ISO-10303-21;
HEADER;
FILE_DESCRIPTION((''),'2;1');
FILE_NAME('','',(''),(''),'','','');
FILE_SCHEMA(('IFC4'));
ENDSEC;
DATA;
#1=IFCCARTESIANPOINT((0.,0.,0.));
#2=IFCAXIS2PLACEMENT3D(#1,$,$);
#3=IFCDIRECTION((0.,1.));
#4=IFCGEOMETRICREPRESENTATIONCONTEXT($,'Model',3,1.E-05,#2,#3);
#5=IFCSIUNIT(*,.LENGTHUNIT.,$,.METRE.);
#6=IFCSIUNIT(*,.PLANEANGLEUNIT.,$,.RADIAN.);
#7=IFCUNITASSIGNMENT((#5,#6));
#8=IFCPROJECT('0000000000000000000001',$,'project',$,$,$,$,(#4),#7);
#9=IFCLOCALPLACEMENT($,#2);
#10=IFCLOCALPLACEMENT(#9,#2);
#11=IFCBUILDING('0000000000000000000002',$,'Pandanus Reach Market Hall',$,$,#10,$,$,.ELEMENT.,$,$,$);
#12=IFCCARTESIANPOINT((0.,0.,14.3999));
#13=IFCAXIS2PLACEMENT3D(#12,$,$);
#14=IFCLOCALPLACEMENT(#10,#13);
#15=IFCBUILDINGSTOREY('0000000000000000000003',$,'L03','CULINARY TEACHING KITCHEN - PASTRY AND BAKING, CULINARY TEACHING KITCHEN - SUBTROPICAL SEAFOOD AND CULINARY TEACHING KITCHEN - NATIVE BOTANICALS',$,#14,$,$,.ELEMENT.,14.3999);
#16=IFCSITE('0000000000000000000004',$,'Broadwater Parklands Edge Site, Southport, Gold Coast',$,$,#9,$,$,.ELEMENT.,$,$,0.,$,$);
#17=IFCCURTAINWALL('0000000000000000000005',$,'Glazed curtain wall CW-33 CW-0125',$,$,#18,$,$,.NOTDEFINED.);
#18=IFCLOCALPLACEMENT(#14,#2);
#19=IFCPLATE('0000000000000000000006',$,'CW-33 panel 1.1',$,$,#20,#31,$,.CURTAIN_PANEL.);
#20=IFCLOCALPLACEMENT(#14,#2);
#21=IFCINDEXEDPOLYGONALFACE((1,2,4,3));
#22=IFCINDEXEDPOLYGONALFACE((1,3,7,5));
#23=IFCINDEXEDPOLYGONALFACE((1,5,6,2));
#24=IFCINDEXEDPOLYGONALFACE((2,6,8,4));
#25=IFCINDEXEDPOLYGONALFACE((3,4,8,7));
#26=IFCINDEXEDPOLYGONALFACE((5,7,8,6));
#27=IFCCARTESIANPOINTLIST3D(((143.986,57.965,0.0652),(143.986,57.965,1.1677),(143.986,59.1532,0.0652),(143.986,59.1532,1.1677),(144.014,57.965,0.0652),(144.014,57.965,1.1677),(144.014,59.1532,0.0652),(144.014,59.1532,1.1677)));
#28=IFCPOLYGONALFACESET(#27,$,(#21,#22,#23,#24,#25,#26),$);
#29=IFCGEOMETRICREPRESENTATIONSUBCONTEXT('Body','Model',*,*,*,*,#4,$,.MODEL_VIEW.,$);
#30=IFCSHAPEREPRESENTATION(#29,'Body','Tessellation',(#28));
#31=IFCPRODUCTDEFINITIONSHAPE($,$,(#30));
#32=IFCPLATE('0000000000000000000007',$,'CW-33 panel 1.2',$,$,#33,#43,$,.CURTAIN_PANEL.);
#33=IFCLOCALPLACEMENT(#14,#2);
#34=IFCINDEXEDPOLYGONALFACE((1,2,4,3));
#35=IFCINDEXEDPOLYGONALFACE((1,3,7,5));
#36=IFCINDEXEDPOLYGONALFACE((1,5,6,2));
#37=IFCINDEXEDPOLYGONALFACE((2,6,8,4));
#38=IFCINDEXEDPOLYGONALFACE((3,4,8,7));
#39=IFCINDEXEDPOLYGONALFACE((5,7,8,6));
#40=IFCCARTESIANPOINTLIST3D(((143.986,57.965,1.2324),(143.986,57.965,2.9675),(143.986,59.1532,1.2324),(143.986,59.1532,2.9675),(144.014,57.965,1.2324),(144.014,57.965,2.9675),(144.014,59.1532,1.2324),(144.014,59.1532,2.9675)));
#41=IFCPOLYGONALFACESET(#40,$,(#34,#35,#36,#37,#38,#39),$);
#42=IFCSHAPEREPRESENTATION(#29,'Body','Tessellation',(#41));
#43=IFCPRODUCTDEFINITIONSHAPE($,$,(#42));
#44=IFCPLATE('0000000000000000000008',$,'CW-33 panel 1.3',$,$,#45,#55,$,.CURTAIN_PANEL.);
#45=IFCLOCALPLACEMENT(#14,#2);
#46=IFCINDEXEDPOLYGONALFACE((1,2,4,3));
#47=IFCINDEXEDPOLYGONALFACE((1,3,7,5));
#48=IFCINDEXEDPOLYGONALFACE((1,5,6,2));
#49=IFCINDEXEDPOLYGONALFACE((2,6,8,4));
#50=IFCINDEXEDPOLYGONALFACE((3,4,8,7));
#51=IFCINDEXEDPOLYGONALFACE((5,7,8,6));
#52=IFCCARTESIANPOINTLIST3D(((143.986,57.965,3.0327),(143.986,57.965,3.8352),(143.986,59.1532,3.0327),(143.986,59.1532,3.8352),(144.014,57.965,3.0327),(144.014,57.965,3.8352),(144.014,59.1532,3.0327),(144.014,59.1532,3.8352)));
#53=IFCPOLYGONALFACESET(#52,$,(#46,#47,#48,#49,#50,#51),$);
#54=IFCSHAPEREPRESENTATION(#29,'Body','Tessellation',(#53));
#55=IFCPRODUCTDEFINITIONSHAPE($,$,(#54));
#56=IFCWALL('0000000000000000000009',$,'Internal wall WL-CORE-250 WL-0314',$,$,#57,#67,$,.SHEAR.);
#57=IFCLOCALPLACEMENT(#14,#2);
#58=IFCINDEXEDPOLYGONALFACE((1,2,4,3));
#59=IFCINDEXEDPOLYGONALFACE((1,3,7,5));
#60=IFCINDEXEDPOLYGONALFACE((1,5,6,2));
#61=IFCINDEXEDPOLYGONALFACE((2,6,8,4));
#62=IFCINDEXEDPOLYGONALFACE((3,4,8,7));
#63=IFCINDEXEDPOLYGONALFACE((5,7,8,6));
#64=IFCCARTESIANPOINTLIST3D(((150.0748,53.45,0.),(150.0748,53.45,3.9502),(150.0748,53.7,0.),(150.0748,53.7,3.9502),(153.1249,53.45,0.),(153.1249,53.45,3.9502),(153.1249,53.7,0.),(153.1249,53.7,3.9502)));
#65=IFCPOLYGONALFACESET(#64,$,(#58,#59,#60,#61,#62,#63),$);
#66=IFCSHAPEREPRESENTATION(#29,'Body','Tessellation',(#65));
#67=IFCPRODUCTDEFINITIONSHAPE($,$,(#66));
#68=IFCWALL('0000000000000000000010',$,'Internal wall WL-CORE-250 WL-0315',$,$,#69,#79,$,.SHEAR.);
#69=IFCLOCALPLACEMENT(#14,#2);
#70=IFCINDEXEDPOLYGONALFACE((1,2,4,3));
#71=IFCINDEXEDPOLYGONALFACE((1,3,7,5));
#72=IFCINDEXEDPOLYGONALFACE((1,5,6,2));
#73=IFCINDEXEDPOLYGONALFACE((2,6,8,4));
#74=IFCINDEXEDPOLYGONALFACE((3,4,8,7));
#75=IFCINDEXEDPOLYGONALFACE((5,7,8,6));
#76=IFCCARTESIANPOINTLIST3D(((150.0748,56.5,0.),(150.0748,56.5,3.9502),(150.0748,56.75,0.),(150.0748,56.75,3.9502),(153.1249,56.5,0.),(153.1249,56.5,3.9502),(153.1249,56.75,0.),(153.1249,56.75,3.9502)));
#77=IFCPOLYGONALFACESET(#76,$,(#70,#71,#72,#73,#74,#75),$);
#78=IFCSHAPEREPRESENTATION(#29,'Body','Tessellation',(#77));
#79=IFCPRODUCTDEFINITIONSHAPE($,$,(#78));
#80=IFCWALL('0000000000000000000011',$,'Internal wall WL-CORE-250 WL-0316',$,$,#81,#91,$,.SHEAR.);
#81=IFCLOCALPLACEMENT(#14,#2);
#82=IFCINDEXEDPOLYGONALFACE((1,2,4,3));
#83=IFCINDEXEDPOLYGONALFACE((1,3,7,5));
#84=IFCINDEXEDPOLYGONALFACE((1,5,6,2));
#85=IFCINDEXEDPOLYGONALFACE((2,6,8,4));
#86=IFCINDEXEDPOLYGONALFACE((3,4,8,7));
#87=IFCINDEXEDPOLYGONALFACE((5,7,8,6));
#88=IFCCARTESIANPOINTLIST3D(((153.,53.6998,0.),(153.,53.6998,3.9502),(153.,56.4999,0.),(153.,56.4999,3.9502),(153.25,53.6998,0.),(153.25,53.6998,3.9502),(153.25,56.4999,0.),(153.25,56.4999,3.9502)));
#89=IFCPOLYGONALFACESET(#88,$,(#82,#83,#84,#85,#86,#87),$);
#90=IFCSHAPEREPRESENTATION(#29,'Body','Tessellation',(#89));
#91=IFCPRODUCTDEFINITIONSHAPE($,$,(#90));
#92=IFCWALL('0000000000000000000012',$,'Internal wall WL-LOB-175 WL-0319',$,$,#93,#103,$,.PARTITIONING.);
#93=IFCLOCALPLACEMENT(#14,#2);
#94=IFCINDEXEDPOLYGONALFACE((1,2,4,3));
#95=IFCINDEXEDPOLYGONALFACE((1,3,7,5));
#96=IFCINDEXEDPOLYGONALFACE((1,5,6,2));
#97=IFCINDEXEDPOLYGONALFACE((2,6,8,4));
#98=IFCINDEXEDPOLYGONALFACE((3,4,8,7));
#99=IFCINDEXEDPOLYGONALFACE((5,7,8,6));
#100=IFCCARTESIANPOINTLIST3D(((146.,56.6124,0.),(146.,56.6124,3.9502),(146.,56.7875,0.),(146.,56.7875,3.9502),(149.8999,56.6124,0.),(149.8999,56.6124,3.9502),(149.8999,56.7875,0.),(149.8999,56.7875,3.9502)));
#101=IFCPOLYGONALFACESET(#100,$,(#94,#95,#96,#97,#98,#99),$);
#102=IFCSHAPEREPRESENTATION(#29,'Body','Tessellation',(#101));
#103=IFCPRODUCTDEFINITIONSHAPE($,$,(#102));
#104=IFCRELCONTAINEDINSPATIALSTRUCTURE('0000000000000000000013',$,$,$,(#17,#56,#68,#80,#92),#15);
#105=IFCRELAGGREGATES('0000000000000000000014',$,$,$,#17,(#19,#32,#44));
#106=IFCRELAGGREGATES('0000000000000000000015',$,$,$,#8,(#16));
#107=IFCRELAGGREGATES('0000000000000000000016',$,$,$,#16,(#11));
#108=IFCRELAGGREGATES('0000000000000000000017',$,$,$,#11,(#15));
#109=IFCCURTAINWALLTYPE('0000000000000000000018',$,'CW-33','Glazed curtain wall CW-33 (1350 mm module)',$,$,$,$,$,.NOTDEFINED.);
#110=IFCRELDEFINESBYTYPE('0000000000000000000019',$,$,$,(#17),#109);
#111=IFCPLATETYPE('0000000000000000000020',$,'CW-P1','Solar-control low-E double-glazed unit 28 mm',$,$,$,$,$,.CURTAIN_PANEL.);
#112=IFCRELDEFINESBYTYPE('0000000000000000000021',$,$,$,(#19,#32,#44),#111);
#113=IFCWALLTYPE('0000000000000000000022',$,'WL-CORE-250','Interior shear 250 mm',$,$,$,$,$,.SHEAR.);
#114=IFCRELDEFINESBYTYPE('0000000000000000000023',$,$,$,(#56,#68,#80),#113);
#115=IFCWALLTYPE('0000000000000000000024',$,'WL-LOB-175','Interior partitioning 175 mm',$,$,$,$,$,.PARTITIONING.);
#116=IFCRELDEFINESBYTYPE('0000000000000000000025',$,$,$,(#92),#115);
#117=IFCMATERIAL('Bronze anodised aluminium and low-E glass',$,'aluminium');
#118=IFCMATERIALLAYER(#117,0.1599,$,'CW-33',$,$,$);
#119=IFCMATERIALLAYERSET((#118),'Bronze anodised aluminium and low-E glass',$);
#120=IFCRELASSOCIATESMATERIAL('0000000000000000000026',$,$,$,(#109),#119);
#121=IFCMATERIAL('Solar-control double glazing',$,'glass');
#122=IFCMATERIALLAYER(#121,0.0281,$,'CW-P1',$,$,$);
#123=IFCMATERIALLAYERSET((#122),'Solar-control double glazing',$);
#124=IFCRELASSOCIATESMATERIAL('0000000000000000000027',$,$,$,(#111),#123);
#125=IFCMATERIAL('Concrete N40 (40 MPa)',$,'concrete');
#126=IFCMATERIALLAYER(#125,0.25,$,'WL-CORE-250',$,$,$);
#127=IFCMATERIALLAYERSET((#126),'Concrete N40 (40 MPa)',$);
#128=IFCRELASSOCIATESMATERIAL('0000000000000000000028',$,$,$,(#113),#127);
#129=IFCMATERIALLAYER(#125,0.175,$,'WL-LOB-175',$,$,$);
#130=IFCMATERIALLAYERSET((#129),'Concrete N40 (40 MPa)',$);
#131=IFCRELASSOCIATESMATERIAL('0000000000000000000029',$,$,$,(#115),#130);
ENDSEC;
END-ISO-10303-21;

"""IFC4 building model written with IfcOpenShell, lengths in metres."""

from ifc_helpers import new_model, si_unit, direction, frame, frame_2d, origin, origin_2d, place, context, subcontext, project, spatial, rectangle, extrude, material, layer, layer_set, type_object, element, aggregate, save


model = new_model("IFC4")

# Units and contexts
model_context = context("Model", 3, precision=1e-05, world=origin(), true_north=direction((0.0, 1.0)))
body_context = subcontext(model_context, "Body", "Model", "MODEL_VIEW")
ifc_project = project(units=[si_unit("LENGTHUNIT", "METRE"), si_unit("PLANEANGLEUNIT", "RADIAN")], contexts=[model_context])

# Site, building, storey
site_placement = place(None, origin())
site = spatial("IfcSite", under=ifc_project, at=site_placement, Name="Broadwater Parklands Edge Site, Southport, Gold Coast", CompositionType="ELEMENT", RefElevation=0.0)
building_placement = place(site_placement, origin())
building = spatial("IfcBuilding", under=site, at=building_placement, Name="Pandanus Reach Market Hall", CompositionType="ELEMENT")
storey_placement = place(building_placement, frame((0.0, 0.0, 14.3999)))
storey = spatial("IfcBuildingStorey", under=building, at=storey_placement, Name="L03", Description="CULINARY TEACHING KITCHEN - PASTRY AND BAKING, CULINARY TEACHING KITCHEN - SUBTROPICAL SEAFOOD AND CULINARY TEACHING KITCHEN - NATIVE BOTANICALS", CompositionType="ELEMENT", Elevation=14.3999)

# Shared definitions
ifc_material_1 = material(Name="Concrete N40 (40 MPa)", Category="concrete")

# Curtain wall
ifc_material_2 = material(Name="Bronze anodised aluminium and low-E glass", Category="aluminium")
ifc_layer_1 = layer(ifc_material_2, 0.1599, Name="CW-33")
ifc_layer_set_1 = layer_set([ifc_layer_1], Name="Bronze anodised aluminium and low-E glass")
curtain_wall_type = type_object("IfcCurtainWallType", Name="CW-33", Description="Glazed curtain wall CW-33 (1350 mm module)", PredefinedType="NOTDEFINED", material=ifc_layer_set_1)
curtain_wall_1_placement = place(storey_placement, origin())
curtain_wall_1 = element("IfcCurtainWall", 1, at=curtain_wall_1_placement, inside=storey, type_object=curtain_wall_type, Name="Glazed curtain wall CW-33 CW-0125", PredefinedType="NOTDEFINED")

# Plates
ifc_material_3 = material(Name="Solar-control double glazing", Category="glass")
ifc_layer_2 = layer(ifc_material_3, 0.0281, Name="CW-P1")
ifc_layer_set_2 = layer_set([ifc_layer_2], Name="Solar-control double glazing")
plate_type = type_object("IfcPlateType", Name="CW-P1", Description="Solar-control low-E double-glazed unit 28 mm", PredefinedType="CURTAIN_PANEL", material=ifc_layer_set_2)
plate_1_placement = place(storey_placement, frame((144.0, 58.5591, 0.0652), z_axis=(0.0, 0.0, 1.0), x_axis=(0.0, 1.0, 0.0)))
plate_1 = element("IfcPlate", 2, at=plate_1_placement, type_object=plate_type, Name="CW-33 panel 1.1", PredefinedType="CURTAIN_PANEL", context=body_context, shape_type="SweptSolid", body=[
    extrude(rectangle(XDim=1.1882, YDim=0.0281, at=origin_2d()), origin(), (0.0, 0.0, 1.0), 1.1025),
])
plate_2_placement = place(storey_placement, frame((144.0, 58.5591, 1.2324), z_axis=(0.0, 0.0, 1.0), x_axis=(0.0, 1.0, 0.0)))
plate_2 = element("IfcPlate", 3, at=plate_2_placement, type_object=plate_type, Name="CW-33 panel 1.2", PredefinedType="CURTAIN_PANEL", context=body_context, shape_type="SweptSolid", body=[
    extrude(rectangle(XDim=1.1882, YDim=0.0281, at=origin_2d()), origin(), (0.0, 0.0, 1.0), 1.7351),
])
plate_3_placement = place(storey_placement, frame((144.0, 58.5591, 3.0327), z_axis=(0.0, 0.0, 1.0), x_axis=(0.0, 1.0, 0.0)))
plate_3 = element("IfcPlate", 4, at=plate_3_placement, type_object=plate_type, Name="CW-33 panel 1.3", PredefinedType="CURTAIN_PANEL", context=body_context, shape_type="SweptSolid", body=[
    extrude(rectangle(XDim=1.1882, YDim=0.0281, at=origin_2d()), origin(), (0.0, 0.0, 1.0), 0.8025),
])
aggregate(curtain_wall_1, [plate_1, plate_2, plate_3])

# Walls
ifc_layer_3 = layer(ifc_material_1, 0.25, Name="WL-CORE-250")
ifc_layer_set_3 = layer_set([ifc_layer_3], Name="Concrete N40 (40 MPa)")
wall_type_1 = type_object("IfcWallType", Name="WL-CORE-250", Description="Interior shear 250 mm", PredefinedType="SHEAR", material=ifc_layer_set_3)
for number, where, z_axis, x_axis, name in (
    (5, (150.075, 53.575, 0.0), (0.0, 0.0, 1.0), (1.0, 0.0, 0.0), "Internal wall WL-CORE-250 WL-0314"),
    (6, (150.075, 56.625, 0.0), (0.0, 0.0, 1.0), (1.0, 0.0, 0.0), "Internal wall WL-CORE-250 WL-0315"),
):
    element("IfcWall", number, at=place(storey_placement, frame(where, z_axis=z_axis, x_axis=x_axis)), inside=storey, type_object=wall_type_1, Name=name, PredefinedType="SHEAR", context=body_context, shape_type="SweptSolid", body=[
        extrude(rectangle(XDim=3.05, YDim=0.25, at=frame_2d((1.5249, 0.0))), origin(), (0.0, 0.0, 1.0), 3.9502),
    ])
wall_1_placement = place(storey_placement, frame((153.125, 53.7, 0.0), z_axis=(0.0, 0.0, 1.0), x_axis=(0.0, 1.0, 0.0)))
element("IfcWall", 7, at=wall_1_placement, inside=storey, type_object=wall_type_1, Name="Internal wall WL-CORE-250 WL-0316", PredefinedType="SHEAR", context=body_context, shape_type="SweptSolid", body=[
    extrude(rectangle(XDim=2.8, YDim=0.25, at=frame_2d((1.3999, 0.0))), origin(), (0.0, 0.0, 1.0), 3.9502),
])

# Wall
ifc_layer_4 = layer(ifc_material_1, 0.175, Name="WL-LOB-175")
ifc_layer_set_4 = layer_set([ifc_layer_4], Name="Concrete N40 (40 MPa)")
wall_type_2 = type_object("IfcWallType", Name="WL-LOB-175", Description="Interior partitioning 175 mm", PredefinedType="PARTITIONING", material=ifc_layer_set_4)
wall_2_placement = place(storey_placement, frame((146.0, 56.7, 0.0), z_axis=(0.0, 0.0, 1.0), x_axis=(1.0, 0.0, 0.0)))
element("IfcWall", 8, at=wall_2_placement, inside=storey, type_object=wall_type_2, Name="Internal wall WL-LOB-175 WL-0319", PredefinedType="PARTITIONING", context=body_context, shape_type="SweptSolid", body=[
    extrude(rectangle(XDim=3.8999, YDim=0.175, at=frame_2d((1.95, 0.0))), origin(), (0.0, 0.0, 1.0), 3.9502),
])

save(model, "model.ifc")
